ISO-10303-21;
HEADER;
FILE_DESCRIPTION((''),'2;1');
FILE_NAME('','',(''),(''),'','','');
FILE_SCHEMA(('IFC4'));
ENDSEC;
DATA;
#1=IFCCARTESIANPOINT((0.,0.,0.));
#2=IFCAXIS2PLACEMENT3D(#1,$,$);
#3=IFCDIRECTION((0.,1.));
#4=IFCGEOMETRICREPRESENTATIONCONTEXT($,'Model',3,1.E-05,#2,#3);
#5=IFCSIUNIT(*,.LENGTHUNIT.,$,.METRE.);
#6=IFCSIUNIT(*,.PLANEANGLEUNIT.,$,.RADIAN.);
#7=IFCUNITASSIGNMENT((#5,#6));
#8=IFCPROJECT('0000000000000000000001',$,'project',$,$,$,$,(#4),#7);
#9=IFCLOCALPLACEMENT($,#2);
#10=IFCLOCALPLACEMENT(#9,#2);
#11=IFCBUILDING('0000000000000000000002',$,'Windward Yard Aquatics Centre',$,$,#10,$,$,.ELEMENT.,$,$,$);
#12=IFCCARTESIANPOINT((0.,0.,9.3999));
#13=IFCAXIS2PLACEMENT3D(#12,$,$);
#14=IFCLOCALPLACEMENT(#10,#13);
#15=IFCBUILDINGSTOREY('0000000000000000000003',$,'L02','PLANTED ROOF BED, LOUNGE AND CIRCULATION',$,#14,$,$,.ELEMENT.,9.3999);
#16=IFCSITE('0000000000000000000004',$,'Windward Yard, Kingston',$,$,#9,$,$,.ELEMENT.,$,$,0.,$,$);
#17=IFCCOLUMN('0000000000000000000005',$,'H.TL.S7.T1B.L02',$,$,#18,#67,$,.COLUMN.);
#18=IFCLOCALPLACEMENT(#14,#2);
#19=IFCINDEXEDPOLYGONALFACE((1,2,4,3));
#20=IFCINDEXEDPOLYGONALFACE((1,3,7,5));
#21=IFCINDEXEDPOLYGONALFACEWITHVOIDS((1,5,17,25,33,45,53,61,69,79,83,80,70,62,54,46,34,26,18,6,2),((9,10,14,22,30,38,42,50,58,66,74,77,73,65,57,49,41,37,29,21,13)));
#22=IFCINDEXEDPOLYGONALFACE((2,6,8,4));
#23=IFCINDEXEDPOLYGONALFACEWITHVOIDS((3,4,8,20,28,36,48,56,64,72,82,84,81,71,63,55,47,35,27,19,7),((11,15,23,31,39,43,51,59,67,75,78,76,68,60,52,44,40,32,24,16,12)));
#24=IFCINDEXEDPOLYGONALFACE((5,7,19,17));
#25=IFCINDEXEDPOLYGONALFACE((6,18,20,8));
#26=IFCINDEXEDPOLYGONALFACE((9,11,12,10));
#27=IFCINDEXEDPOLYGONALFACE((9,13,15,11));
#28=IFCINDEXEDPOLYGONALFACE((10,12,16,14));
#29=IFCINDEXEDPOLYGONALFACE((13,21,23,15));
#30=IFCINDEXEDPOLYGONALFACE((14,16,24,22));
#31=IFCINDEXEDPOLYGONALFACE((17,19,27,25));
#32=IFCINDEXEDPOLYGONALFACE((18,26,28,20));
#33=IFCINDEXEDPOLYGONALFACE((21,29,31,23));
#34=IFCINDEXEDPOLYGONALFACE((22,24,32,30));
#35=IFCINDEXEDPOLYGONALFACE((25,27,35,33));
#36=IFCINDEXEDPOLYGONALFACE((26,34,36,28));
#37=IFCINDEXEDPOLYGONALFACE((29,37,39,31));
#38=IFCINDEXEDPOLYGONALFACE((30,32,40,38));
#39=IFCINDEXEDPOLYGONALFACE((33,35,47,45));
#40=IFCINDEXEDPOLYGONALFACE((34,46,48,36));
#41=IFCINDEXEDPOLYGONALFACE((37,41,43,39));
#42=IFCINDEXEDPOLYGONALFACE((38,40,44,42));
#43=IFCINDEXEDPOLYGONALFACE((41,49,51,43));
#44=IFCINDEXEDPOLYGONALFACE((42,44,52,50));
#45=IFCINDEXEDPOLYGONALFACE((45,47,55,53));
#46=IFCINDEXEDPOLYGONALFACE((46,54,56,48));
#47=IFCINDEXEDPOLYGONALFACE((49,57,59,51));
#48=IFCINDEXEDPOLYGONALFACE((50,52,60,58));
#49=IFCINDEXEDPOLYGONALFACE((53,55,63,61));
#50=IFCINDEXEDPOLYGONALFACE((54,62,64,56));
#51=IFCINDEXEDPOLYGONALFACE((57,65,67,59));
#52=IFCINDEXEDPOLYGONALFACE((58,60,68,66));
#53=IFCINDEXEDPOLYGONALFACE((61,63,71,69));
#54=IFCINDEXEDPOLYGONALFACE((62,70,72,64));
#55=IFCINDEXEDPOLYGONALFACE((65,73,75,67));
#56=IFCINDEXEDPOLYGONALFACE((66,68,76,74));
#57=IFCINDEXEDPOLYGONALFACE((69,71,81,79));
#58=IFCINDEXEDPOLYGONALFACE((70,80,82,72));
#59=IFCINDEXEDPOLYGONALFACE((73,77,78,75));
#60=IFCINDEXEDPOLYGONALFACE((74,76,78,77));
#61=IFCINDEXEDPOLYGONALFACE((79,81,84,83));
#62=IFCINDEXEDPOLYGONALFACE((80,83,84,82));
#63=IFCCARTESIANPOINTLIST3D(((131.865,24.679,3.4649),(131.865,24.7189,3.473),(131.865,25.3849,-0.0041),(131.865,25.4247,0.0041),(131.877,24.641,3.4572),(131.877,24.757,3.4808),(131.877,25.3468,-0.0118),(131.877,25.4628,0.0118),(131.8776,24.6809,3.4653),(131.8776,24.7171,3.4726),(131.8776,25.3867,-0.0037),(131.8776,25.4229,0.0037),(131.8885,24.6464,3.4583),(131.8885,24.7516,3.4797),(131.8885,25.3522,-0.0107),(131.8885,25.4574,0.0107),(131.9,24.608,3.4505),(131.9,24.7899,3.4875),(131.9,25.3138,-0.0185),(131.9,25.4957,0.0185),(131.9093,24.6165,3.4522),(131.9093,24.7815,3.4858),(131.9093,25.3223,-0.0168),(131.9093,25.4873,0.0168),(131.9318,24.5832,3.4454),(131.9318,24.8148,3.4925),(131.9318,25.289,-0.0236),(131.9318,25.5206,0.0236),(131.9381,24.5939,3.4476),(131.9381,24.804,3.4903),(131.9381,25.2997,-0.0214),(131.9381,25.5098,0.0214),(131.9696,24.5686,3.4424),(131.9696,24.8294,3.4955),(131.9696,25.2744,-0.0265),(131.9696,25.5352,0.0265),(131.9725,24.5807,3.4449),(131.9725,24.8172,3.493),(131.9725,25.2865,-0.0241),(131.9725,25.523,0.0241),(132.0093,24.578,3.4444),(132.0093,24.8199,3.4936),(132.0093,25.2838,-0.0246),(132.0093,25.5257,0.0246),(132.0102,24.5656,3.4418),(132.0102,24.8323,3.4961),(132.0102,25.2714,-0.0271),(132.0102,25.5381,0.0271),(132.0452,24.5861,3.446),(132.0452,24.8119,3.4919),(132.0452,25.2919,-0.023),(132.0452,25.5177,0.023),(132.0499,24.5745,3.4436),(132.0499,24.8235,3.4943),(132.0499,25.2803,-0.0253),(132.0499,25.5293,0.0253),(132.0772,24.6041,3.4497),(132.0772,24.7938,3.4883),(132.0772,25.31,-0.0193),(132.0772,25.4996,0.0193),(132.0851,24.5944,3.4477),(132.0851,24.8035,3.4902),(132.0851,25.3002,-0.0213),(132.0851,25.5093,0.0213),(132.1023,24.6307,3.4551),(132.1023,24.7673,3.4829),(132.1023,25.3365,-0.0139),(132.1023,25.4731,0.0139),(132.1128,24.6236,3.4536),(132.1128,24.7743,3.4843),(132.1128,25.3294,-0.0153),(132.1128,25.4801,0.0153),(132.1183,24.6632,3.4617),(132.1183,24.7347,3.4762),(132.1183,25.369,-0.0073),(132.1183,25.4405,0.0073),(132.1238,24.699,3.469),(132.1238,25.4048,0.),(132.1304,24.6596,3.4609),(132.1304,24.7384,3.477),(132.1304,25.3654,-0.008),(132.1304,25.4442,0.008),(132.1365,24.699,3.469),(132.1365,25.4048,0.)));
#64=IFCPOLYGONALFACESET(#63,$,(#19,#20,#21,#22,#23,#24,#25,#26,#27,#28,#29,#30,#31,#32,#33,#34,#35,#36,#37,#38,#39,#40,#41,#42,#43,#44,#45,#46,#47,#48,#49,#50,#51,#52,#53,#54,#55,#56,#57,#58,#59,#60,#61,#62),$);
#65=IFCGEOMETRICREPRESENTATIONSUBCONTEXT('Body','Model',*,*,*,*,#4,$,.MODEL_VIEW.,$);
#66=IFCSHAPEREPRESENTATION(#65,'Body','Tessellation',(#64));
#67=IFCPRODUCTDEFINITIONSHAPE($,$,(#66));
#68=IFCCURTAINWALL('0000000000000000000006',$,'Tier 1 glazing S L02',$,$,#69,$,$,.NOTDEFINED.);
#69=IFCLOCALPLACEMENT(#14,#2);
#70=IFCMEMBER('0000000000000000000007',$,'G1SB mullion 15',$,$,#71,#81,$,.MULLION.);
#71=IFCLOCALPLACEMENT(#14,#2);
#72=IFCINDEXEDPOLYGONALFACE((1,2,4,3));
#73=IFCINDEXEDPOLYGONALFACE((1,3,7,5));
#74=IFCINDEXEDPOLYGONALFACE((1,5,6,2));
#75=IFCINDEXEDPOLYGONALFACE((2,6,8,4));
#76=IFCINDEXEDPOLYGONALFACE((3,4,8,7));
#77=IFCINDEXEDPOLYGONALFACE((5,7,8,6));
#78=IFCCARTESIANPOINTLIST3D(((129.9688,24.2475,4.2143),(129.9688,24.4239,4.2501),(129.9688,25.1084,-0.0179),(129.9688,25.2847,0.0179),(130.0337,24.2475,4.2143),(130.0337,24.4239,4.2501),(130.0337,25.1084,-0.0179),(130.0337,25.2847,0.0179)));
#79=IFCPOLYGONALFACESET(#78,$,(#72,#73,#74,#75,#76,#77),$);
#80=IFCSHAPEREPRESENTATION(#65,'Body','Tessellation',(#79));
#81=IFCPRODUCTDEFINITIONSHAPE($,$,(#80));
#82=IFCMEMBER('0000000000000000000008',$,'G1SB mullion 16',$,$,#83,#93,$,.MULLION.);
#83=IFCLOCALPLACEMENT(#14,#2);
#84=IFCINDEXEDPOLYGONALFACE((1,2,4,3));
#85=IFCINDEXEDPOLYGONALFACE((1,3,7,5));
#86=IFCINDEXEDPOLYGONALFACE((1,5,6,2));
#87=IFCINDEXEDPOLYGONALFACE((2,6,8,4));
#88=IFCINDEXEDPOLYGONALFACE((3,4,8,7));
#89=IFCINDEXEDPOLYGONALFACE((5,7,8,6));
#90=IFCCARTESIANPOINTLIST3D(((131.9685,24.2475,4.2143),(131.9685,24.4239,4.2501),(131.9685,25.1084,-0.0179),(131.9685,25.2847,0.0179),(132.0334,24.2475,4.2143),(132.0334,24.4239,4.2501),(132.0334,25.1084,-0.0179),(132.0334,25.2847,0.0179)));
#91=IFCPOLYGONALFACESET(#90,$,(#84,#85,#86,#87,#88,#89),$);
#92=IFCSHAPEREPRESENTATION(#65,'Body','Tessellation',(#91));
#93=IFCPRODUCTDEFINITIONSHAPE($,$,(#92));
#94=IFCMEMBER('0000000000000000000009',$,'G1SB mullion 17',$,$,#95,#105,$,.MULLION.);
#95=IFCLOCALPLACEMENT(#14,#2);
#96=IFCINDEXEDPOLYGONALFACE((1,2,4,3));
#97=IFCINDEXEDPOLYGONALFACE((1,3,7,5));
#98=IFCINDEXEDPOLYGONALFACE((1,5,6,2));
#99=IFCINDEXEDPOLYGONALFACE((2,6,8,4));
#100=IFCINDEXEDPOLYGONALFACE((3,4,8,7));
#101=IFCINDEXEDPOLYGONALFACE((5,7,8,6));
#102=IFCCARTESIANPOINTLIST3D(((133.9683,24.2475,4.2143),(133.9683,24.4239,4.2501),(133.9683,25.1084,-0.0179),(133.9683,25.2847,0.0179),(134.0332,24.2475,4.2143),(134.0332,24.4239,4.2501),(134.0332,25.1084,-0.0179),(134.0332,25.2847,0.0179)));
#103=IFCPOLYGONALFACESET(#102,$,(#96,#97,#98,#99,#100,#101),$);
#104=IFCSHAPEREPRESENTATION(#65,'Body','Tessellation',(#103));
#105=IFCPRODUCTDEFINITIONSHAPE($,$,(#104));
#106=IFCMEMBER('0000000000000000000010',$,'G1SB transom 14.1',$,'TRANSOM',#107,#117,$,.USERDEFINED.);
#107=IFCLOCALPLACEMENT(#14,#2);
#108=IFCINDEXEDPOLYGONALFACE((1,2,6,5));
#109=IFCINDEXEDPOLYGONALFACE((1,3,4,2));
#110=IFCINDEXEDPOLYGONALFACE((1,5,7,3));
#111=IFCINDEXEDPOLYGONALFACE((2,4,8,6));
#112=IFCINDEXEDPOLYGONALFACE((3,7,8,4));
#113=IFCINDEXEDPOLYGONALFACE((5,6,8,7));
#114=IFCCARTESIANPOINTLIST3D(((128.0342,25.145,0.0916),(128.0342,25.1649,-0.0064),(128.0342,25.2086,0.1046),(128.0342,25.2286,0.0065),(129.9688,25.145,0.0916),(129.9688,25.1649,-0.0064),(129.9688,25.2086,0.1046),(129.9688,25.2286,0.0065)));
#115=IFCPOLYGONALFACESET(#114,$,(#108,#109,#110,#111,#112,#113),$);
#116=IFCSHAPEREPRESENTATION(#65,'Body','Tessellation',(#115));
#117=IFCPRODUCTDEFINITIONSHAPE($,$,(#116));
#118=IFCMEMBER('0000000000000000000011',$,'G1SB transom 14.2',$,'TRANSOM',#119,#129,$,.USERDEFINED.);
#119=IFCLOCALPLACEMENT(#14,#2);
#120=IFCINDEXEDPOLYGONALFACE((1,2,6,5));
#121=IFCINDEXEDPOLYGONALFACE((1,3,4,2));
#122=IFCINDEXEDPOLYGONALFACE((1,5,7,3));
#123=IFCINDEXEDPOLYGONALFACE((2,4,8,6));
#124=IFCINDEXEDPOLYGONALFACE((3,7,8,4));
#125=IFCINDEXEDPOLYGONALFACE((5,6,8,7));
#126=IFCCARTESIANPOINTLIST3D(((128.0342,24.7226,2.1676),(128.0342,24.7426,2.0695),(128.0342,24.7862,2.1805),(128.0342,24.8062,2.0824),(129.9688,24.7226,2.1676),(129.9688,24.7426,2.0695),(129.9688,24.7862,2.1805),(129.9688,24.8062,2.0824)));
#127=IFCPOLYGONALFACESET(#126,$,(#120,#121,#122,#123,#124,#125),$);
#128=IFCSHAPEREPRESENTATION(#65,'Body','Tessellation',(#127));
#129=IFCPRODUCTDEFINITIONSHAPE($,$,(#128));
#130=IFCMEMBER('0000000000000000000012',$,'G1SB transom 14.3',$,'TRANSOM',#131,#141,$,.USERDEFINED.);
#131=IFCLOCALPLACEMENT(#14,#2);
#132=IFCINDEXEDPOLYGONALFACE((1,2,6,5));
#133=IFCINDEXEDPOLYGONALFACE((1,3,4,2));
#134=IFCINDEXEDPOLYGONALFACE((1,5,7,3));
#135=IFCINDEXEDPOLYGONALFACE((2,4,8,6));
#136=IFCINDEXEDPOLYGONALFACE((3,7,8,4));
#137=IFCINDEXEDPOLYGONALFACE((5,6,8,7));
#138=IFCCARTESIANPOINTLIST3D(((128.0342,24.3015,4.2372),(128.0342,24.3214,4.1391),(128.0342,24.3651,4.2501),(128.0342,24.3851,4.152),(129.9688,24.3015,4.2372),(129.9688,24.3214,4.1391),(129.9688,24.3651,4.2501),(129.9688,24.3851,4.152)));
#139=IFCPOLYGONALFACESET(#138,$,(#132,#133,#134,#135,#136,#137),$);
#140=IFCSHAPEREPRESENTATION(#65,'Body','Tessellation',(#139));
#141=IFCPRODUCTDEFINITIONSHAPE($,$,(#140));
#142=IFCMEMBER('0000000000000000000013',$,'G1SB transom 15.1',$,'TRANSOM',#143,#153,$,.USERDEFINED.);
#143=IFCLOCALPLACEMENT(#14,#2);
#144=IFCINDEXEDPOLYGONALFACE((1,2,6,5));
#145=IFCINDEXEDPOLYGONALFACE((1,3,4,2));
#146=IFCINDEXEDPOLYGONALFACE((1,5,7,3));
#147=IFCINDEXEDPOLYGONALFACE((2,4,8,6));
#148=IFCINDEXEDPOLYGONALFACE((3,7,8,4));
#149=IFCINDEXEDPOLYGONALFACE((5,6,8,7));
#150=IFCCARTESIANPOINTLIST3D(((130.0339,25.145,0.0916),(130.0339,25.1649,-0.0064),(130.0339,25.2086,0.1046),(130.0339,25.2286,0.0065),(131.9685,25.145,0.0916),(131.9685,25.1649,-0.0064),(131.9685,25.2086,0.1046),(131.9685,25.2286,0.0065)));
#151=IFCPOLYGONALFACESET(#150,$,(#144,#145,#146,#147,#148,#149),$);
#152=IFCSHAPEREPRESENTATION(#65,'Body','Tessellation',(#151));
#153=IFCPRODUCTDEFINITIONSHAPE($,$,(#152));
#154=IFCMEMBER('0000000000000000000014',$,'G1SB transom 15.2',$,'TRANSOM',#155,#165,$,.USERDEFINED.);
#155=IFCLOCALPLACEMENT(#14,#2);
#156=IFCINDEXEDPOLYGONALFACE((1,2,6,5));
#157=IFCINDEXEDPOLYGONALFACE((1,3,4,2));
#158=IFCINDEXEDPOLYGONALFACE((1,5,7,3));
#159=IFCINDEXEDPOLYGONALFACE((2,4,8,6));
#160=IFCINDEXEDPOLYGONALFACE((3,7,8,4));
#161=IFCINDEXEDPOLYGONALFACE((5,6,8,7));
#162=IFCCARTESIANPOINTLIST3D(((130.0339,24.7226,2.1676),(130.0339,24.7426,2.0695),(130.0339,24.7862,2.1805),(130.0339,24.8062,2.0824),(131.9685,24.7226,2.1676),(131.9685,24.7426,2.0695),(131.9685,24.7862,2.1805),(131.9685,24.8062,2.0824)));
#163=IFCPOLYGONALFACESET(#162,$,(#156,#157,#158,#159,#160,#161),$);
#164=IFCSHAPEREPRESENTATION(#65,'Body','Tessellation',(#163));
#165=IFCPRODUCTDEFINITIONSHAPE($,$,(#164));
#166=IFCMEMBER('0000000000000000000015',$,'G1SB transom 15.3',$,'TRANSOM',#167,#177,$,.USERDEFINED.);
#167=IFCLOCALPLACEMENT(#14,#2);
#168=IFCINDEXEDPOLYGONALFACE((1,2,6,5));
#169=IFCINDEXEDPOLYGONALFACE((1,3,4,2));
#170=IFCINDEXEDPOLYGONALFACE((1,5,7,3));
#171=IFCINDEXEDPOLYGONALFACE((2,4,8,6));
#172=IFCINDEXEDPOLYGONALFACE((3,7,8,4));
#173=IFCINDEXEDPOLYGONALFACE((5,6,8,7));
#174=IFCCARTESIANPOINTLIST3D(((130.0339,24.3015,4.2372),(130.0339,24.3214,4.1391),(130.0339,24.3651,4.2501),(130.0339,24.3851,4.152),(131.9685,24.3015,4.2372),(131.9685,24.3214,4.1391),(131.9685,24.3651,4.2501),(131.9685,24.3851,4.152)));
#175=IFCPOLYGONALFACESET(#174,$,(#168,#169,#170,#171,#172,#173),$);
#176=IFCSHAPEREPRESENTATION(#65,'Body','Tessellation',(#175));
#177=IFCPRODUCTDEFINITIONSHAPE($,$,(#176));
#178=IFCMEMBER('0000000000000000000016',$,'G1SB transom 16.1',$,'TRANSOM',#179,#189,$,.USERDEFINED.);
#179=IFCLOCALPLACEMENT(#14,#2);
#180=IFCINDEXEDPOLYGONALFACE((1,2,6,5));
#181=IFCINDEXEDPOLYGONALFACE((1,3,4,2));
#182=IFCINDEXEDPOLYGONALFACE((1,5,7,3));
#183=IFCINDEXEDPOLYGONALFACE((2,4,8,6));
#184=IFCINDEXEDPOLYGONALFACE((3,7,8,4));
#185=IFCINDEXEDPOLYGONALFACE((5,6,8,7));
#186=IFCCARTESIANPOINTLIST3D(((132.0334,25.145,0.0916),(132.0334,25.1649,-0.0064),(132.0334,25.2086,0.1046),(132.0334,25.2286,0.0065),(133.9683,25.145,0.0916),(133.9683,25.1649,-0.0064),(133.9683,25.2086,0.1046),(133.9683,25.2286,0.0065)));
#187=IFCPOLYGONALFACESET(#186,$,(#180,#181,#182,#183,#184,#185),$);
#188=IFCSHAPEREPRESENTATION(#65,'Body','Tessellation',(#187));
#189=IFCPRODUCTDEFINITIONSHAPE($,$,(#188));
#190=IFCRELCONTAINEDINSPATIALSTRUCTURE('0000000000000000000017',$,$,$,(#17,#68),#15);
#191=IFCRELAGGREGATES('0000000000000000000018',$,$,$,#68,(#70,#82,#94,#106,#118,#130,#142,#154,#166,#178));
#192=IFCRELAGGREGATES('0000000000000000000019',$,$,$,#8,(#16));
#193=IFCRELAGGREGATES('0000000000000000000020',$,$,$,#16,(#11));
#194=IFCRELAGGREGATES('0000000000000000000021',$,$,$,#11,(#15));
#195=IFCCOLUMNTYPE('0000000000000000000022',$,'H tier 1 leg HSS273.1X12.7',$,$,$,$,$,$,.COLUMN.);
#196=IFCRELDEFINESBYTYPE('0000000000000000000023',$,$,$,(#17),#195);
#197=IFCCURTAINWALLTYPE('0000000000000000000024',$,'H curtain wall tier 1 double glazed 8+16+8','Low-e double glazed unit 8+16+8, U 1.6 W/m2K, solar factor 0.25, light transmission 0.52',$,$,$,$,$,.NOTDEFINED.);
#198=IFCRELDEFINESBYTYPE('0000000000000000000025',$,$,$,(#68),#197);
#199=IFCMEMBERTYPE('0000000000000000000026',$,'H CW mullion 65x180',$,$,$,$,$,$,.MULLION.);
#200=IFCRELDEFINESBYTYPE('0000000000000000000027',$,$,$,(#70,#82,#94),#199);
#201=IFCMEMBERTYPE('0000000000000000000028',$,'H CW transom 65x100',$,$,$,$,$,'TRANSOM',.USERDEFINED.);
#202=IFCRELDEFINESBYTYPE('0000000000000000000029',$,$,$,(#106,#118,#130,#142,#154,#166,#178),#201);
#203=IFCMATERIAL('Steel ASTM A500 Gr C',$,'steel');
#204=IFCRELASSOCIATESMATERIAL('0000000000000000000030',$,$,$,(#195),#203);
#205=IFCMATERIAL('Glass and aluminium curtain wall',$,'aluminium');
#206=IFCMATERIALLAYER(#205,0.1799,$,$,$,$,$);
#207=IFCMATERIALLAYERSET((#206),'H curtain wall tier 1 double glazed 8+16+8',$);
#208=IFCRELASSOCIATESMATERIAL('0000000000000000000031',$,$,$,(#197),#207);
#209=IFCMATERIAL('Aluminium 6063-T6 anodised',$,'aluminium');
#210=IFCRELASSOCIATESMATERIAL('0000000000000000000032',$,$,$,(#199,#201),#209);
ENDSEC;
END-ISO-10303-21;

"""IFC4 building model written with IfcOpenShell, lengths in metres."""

from ifc_helpers import new_model, si_unit, direction, frame, origin, origin_2d, place, context, subcontext, project, spatial, rectangle, hollow_circle, extrude, material, layer, layer_set, material_profile, profile_set, type_object, element, aggregate, save


model = new_model("IFC4")

# Units and contexts
model_context = context("Model", 3, precision=1e-05, world=origin(), true_north=direction((0.0, 1.0)))
body_context = subcontext(model_context, "Body", "Model", "MODEL_VIEW")
ifc_project = project(units=[si_unit("LENGTHUNIT", "METRE"), si_unit("PLANEANGLEUNIT", "RADIAN")], contexts=[model_context])

# Site, building, storey
site_placement = place(None, origin())
site = spatial("IfcSite", under=ifc_project, at=site_placement, Name="Windward Yard, Kingston", CompositionType="ELEMENT", RefElevation=0.0)
building_placement = place(site_placement, origin())
building = spatial("IfcBuilding", under=site, at=building_placement, Name="Windward Yard Aquatics Centre", CompositionType="ELEMENT")
storey_placement = place(building_placement, frame((0.0, 0.0, 9.3999)))
storey = spatial("IfcBuildingStorey", under=building, at=storey_placement, Name="L02", Description="PLANTED ROOF BED, LOUNGE AND CIRCULATION", CompositionType="ELEMENT", Elevation=9.3999)

# Column
ifc_material_1 = material(Name="Steel ASTM A500 Gr C", Category="steel")
ifc_material_profile_1 = material_profile(ifc_material_1, hollow_circle(Radius=0.1365, WallThickness=0.0127, at=origin_2d()), Name="HSS273.1X12.7")
ifc_profile_set_1 = profile_set([ifc_material_profile_1], Name="Steel ASTM A500 Gr C")
column_type = type_object("IfcColumnType", Name="H tier 1 leg HSS273.1X12.7", PredefinedType="COLUMN", material=ifc_profile_set_1)
column_placement = place(storey_placement, frame((132.0, 25.4048, 0.0), z_axis=(0.0, -0.199378, 0.979923), x_axis=(1.0, 0.0, 0.0)))
element("IfcColumn", 1, at=column_placement, inside=storey, type_object=column_type, Name="H.TL.S7.T1B.L02", PredefinedType="COLUMN", context=body_context, shape_type="SweptSolid", body=[
    extrude(hollow_circle(Radius=0.1365, WallThickness=0.0127, at=origin_2d()), origin(), (0.0, 0.0, 1.0), 3.54),
])

# Curtain wall, members
ifc_material_2 = material(Name="Glass and aluminium curtain wall", Category="aluminium")
ifc_layer_1 = layer(ifc_material_2, 0.1799)
ifc_layer_set_1 = layer_set([ifc_layer_1], Name="H curtain wall tier 1 double glazed 8+16+8")
curtain_wall_type = type_object("IfcCurtainWallType", Name="H curtain wall tier 1 double glazed 8+16+8", Description="Low-e double glazed unit 8+16+8, U 1.6 W/m2K, solar factor 0.25, light transmission 0.52", PredefinedType="NOTDEFINED", material=ifc_layer_set_1)
curtain_wall_placement = place(storey_placement, origin())
curtain_wall = element("IfcCurtainWall", 2, at=curtain_wall_placement, inside=storey, type_object=curtain_wall_type, Name="Tier 1 glazing S L02", PredefinedType="NOTDEFINED")
ifc_material_3 = material(Name="Aluminium 6063-T6 anodised", Category="aluminium")
ifc_material_profile_2 = material_profile(ifc_material_3, rectangle(XDim=0.0649, YDim=0.1799, at=origin_2d()), Name="H CW mullion 65x180")
ifc_profile_set_2 = profile_set([ifc_material_profile_2], Name="Aluminium 6063-T6 anodised")
member_type_1 = type_object("IfcMemberType", Name="H CW mullion 65x180", PredefinedType="MULLION", material=ifc_profile_set_2)
member_1_placement = place(storey_placement, frame((130.0012, 25.1965, 0.0), z_axis=(0.0, -0.199322, 0.979934), x_axis=(1.0, 0.0, 0.0)))
member_1 = element("IfcMember", 3, at=member_1_placement, type_object=member_type_1, Name="G1SB mullion 15", PredefinedType="MULLION", context=body_context, shape_type="SweptSolid", body=[
    extrude(rectangle(XDim=0.0649, YDim=0.1799, at=origin_2d()), origin(), (0.0, 0.0, 1.0), 4.3188),
])
member_2_placement = place(storey_placement, frame((132.001, 25.1965, 0.0), z_axis=(0.0, -0.199322, 0.979934), x_axis=(1.0, 0.0, 0.0)))
member_2 = element("IfcMember", 4, at=member_2_placement, type_object=member_type_1, Name="G1SB mullion 16", PredefinedType="MULLION", context=body_context, shape_type="SweptSolid", body=[
    extrude(rectangle(XDim=0.0649, YDim=0.1799, at=origin_2d()), origin(), (0.0, 0.0, 1.0), 4.3188),
])
member_3_placement = place(storey_placement, frame((134.0007, 25.1965, 0.0), z_axis=(0.0, -0.199322, 0.979934), x_axis=(1.0, 0.0, 0.0)))
member_3 = element("IfcMember", 5, at=member_3_placement, type_object=member_type_1, Name="G1SB mullion 17", PredefinedType="MULLION", context=body_context, shape_type="SweptSolid", body=[
    extrude(rectangle(XDim=0.0649, YDim=0.1799, at=origin_2d()), origin(), (0.0, 0.0, 1.0), 4.3188),
])
ifc_material_profile_3 = material_profile(ifc_material_3, rectangle(XDim=0.0649, YDim=0.1001, at=origin_2d()), Name="H CW transom 65x100")
ifc_profile_set_3 = profile_set([ifc_material_profile_3], Name="Aluminium 6063-T6 anodised")
member_type_2 = type_object("IfcMemberType", Name="H CW transom 65x100", ElementType="TRANSOM", PredefinedType="USERDEFINED", material=ifc_profile_set_3)
member_4_placement = place(storey_placement, frame((128.0342, 25.1868, 0.0491), z_axis=(1.0, 0.0, 0.0), x_axis=(0.0, 0.979925, 0.199368)))
member_4 = element("IfcMember", 6, at=member_4_placement, type_object=member_type_2, Name="G1SB transom 14.1", ObjectType="TRANSOM", PredefinedType="USERDEFINED", context=body_context, shape_type="SweptSolid", body=[
    extrude(rectangle(XDim=0.0649, YDim=0.1001, at=origin_2d()), origin(), (0.0, 0.0, 1.0), 1.9346),
])
member_5_placement = place(storey_placement, frame((128.0342, 24.7644, 2.125), z_axis=(1.0, 0.0, 0.0), x_axis=(0.0, 0.979925, 0.199368)))
member_5 = element("IfcMember", 7, at=member_5_placement, type_object=member_type_2, Name="G1SB transom 14.2", ObjectType="TRANSOM", PredefinedType="USERDEFINED", context=body_context, shape_type="SweptSolid", body=[
    extrude(rectangle(XDim=0.0649, YDim=0.1001, at=origin_2d()), origin(), (0.0, 0.0, 1.0), 1.9346),
])
member_6_placement = place(storey_placement, frame((128.0342, 24.3433, 4.1946), z_axis=(1.0, 0.0, 0.0), x_axis=(0.0, 0.979925, 0.199368)))
member_6 = element("IfcMember", 8, at=member_6_placement, type_object=member_type_2, Name="G1SB transom 14.3", ObjectType="TRANSOM", PredefinedType="USERDEFINED", context=body_context, shape_type="SweptSolid", body=[
    extrude(rectangle(XDim=0.0649, YDim=0.1001, at=origin_2d()), origin(), (0.0, 0.0, 1.0), 1.9346),
])
member_7_placement = place(storey_placement, frame((130.0339, 25.1868, 0.0491), z_axis=(1.0, 0.0, 0.0), x_axis=(0.0, 0.979925, 0.199368)))
member_7 = element("IfcMember", 9, at=member_7_placement, type_object=member_type_2, Name="G1SB transom 15.1", ObjectType="TRANSOM", PredefinedType="USERDEFINED", context=body_context, shape_type="SweptSolid", body=[
    extrude(rectangle(XDim=0.0649, YDim=0.1001, at=origin_2d()), origin(), (0.0, 0.0, 1.0), 1.9346),
])
member_8_placement = place(storey_placement, frame((130.0339, 24.7644, 2.125), z_axis=(1.0, 0.0, 0.0), x_axis=(0.0, 0.979925, 0.199368)))
member_8 = element("IfcMember", 10, at=member_8_placement, type_object=member_type_2, Name="G1SB transom 15.2", ObjectType="TRANSOM", PredefinedType="USERDEFINED", context=body_context, shape_type="SweptSolid", body=[
    extrude(rectangle(XDim=0.0649, YDim=0.1001, at=origin_2d()), origin(), (0.0, 0.0, 1.0), 1.9346),
])
member_9_placement = place(storey_placement, frame((130.0339, 24.3433, 4.1946), z_axis=(1.0, 0.0, 0.0), x_axis=(0.0, 0.979925, 0.199368)))
member_9 = element("IfcMember", 11, at=member_9_placement, type_object=member_type_2, Name="G1SB transom 15.3", ObjectType="TRANSOM", PredefinedType="USERDEFINED", context=body_context, shape_type="SweptSolid", body=[
    extrude(rectangle(XDim=0.0649, YDim=0.1001, at=origin_2d()), origin(), (0.0, 0.0, 1.0), 1.9346),
])
member_10_placement = place(storey_placement, frame((132.0334, 25.1868, 0.0491), z_axis=(1.0, 0.0, 0.0), x_axis=(0.0, 0.979925, 0.199368)))
member_10 = element("IfcMember", 12, at=member_10_placement, type_object=member_type_2, Name="G1SB transom 16.1", ObjectType="TRANSOM", PredefinedType="USERDEFINED", context=body_context, shape_type="SweptSolid", body=[
    extrude(rectangle(XDim=0.0649, YDim=0.1001, at=origin_2d()), origin(), (0.0, 0.0, 1.0), 1.9348),
])

aggregate(curtain_wall, [member_1, member_2, member_3, member_4, member_5, member_6, member_7, member_8, member_9, member_10])

save(model, "model.ifc")
